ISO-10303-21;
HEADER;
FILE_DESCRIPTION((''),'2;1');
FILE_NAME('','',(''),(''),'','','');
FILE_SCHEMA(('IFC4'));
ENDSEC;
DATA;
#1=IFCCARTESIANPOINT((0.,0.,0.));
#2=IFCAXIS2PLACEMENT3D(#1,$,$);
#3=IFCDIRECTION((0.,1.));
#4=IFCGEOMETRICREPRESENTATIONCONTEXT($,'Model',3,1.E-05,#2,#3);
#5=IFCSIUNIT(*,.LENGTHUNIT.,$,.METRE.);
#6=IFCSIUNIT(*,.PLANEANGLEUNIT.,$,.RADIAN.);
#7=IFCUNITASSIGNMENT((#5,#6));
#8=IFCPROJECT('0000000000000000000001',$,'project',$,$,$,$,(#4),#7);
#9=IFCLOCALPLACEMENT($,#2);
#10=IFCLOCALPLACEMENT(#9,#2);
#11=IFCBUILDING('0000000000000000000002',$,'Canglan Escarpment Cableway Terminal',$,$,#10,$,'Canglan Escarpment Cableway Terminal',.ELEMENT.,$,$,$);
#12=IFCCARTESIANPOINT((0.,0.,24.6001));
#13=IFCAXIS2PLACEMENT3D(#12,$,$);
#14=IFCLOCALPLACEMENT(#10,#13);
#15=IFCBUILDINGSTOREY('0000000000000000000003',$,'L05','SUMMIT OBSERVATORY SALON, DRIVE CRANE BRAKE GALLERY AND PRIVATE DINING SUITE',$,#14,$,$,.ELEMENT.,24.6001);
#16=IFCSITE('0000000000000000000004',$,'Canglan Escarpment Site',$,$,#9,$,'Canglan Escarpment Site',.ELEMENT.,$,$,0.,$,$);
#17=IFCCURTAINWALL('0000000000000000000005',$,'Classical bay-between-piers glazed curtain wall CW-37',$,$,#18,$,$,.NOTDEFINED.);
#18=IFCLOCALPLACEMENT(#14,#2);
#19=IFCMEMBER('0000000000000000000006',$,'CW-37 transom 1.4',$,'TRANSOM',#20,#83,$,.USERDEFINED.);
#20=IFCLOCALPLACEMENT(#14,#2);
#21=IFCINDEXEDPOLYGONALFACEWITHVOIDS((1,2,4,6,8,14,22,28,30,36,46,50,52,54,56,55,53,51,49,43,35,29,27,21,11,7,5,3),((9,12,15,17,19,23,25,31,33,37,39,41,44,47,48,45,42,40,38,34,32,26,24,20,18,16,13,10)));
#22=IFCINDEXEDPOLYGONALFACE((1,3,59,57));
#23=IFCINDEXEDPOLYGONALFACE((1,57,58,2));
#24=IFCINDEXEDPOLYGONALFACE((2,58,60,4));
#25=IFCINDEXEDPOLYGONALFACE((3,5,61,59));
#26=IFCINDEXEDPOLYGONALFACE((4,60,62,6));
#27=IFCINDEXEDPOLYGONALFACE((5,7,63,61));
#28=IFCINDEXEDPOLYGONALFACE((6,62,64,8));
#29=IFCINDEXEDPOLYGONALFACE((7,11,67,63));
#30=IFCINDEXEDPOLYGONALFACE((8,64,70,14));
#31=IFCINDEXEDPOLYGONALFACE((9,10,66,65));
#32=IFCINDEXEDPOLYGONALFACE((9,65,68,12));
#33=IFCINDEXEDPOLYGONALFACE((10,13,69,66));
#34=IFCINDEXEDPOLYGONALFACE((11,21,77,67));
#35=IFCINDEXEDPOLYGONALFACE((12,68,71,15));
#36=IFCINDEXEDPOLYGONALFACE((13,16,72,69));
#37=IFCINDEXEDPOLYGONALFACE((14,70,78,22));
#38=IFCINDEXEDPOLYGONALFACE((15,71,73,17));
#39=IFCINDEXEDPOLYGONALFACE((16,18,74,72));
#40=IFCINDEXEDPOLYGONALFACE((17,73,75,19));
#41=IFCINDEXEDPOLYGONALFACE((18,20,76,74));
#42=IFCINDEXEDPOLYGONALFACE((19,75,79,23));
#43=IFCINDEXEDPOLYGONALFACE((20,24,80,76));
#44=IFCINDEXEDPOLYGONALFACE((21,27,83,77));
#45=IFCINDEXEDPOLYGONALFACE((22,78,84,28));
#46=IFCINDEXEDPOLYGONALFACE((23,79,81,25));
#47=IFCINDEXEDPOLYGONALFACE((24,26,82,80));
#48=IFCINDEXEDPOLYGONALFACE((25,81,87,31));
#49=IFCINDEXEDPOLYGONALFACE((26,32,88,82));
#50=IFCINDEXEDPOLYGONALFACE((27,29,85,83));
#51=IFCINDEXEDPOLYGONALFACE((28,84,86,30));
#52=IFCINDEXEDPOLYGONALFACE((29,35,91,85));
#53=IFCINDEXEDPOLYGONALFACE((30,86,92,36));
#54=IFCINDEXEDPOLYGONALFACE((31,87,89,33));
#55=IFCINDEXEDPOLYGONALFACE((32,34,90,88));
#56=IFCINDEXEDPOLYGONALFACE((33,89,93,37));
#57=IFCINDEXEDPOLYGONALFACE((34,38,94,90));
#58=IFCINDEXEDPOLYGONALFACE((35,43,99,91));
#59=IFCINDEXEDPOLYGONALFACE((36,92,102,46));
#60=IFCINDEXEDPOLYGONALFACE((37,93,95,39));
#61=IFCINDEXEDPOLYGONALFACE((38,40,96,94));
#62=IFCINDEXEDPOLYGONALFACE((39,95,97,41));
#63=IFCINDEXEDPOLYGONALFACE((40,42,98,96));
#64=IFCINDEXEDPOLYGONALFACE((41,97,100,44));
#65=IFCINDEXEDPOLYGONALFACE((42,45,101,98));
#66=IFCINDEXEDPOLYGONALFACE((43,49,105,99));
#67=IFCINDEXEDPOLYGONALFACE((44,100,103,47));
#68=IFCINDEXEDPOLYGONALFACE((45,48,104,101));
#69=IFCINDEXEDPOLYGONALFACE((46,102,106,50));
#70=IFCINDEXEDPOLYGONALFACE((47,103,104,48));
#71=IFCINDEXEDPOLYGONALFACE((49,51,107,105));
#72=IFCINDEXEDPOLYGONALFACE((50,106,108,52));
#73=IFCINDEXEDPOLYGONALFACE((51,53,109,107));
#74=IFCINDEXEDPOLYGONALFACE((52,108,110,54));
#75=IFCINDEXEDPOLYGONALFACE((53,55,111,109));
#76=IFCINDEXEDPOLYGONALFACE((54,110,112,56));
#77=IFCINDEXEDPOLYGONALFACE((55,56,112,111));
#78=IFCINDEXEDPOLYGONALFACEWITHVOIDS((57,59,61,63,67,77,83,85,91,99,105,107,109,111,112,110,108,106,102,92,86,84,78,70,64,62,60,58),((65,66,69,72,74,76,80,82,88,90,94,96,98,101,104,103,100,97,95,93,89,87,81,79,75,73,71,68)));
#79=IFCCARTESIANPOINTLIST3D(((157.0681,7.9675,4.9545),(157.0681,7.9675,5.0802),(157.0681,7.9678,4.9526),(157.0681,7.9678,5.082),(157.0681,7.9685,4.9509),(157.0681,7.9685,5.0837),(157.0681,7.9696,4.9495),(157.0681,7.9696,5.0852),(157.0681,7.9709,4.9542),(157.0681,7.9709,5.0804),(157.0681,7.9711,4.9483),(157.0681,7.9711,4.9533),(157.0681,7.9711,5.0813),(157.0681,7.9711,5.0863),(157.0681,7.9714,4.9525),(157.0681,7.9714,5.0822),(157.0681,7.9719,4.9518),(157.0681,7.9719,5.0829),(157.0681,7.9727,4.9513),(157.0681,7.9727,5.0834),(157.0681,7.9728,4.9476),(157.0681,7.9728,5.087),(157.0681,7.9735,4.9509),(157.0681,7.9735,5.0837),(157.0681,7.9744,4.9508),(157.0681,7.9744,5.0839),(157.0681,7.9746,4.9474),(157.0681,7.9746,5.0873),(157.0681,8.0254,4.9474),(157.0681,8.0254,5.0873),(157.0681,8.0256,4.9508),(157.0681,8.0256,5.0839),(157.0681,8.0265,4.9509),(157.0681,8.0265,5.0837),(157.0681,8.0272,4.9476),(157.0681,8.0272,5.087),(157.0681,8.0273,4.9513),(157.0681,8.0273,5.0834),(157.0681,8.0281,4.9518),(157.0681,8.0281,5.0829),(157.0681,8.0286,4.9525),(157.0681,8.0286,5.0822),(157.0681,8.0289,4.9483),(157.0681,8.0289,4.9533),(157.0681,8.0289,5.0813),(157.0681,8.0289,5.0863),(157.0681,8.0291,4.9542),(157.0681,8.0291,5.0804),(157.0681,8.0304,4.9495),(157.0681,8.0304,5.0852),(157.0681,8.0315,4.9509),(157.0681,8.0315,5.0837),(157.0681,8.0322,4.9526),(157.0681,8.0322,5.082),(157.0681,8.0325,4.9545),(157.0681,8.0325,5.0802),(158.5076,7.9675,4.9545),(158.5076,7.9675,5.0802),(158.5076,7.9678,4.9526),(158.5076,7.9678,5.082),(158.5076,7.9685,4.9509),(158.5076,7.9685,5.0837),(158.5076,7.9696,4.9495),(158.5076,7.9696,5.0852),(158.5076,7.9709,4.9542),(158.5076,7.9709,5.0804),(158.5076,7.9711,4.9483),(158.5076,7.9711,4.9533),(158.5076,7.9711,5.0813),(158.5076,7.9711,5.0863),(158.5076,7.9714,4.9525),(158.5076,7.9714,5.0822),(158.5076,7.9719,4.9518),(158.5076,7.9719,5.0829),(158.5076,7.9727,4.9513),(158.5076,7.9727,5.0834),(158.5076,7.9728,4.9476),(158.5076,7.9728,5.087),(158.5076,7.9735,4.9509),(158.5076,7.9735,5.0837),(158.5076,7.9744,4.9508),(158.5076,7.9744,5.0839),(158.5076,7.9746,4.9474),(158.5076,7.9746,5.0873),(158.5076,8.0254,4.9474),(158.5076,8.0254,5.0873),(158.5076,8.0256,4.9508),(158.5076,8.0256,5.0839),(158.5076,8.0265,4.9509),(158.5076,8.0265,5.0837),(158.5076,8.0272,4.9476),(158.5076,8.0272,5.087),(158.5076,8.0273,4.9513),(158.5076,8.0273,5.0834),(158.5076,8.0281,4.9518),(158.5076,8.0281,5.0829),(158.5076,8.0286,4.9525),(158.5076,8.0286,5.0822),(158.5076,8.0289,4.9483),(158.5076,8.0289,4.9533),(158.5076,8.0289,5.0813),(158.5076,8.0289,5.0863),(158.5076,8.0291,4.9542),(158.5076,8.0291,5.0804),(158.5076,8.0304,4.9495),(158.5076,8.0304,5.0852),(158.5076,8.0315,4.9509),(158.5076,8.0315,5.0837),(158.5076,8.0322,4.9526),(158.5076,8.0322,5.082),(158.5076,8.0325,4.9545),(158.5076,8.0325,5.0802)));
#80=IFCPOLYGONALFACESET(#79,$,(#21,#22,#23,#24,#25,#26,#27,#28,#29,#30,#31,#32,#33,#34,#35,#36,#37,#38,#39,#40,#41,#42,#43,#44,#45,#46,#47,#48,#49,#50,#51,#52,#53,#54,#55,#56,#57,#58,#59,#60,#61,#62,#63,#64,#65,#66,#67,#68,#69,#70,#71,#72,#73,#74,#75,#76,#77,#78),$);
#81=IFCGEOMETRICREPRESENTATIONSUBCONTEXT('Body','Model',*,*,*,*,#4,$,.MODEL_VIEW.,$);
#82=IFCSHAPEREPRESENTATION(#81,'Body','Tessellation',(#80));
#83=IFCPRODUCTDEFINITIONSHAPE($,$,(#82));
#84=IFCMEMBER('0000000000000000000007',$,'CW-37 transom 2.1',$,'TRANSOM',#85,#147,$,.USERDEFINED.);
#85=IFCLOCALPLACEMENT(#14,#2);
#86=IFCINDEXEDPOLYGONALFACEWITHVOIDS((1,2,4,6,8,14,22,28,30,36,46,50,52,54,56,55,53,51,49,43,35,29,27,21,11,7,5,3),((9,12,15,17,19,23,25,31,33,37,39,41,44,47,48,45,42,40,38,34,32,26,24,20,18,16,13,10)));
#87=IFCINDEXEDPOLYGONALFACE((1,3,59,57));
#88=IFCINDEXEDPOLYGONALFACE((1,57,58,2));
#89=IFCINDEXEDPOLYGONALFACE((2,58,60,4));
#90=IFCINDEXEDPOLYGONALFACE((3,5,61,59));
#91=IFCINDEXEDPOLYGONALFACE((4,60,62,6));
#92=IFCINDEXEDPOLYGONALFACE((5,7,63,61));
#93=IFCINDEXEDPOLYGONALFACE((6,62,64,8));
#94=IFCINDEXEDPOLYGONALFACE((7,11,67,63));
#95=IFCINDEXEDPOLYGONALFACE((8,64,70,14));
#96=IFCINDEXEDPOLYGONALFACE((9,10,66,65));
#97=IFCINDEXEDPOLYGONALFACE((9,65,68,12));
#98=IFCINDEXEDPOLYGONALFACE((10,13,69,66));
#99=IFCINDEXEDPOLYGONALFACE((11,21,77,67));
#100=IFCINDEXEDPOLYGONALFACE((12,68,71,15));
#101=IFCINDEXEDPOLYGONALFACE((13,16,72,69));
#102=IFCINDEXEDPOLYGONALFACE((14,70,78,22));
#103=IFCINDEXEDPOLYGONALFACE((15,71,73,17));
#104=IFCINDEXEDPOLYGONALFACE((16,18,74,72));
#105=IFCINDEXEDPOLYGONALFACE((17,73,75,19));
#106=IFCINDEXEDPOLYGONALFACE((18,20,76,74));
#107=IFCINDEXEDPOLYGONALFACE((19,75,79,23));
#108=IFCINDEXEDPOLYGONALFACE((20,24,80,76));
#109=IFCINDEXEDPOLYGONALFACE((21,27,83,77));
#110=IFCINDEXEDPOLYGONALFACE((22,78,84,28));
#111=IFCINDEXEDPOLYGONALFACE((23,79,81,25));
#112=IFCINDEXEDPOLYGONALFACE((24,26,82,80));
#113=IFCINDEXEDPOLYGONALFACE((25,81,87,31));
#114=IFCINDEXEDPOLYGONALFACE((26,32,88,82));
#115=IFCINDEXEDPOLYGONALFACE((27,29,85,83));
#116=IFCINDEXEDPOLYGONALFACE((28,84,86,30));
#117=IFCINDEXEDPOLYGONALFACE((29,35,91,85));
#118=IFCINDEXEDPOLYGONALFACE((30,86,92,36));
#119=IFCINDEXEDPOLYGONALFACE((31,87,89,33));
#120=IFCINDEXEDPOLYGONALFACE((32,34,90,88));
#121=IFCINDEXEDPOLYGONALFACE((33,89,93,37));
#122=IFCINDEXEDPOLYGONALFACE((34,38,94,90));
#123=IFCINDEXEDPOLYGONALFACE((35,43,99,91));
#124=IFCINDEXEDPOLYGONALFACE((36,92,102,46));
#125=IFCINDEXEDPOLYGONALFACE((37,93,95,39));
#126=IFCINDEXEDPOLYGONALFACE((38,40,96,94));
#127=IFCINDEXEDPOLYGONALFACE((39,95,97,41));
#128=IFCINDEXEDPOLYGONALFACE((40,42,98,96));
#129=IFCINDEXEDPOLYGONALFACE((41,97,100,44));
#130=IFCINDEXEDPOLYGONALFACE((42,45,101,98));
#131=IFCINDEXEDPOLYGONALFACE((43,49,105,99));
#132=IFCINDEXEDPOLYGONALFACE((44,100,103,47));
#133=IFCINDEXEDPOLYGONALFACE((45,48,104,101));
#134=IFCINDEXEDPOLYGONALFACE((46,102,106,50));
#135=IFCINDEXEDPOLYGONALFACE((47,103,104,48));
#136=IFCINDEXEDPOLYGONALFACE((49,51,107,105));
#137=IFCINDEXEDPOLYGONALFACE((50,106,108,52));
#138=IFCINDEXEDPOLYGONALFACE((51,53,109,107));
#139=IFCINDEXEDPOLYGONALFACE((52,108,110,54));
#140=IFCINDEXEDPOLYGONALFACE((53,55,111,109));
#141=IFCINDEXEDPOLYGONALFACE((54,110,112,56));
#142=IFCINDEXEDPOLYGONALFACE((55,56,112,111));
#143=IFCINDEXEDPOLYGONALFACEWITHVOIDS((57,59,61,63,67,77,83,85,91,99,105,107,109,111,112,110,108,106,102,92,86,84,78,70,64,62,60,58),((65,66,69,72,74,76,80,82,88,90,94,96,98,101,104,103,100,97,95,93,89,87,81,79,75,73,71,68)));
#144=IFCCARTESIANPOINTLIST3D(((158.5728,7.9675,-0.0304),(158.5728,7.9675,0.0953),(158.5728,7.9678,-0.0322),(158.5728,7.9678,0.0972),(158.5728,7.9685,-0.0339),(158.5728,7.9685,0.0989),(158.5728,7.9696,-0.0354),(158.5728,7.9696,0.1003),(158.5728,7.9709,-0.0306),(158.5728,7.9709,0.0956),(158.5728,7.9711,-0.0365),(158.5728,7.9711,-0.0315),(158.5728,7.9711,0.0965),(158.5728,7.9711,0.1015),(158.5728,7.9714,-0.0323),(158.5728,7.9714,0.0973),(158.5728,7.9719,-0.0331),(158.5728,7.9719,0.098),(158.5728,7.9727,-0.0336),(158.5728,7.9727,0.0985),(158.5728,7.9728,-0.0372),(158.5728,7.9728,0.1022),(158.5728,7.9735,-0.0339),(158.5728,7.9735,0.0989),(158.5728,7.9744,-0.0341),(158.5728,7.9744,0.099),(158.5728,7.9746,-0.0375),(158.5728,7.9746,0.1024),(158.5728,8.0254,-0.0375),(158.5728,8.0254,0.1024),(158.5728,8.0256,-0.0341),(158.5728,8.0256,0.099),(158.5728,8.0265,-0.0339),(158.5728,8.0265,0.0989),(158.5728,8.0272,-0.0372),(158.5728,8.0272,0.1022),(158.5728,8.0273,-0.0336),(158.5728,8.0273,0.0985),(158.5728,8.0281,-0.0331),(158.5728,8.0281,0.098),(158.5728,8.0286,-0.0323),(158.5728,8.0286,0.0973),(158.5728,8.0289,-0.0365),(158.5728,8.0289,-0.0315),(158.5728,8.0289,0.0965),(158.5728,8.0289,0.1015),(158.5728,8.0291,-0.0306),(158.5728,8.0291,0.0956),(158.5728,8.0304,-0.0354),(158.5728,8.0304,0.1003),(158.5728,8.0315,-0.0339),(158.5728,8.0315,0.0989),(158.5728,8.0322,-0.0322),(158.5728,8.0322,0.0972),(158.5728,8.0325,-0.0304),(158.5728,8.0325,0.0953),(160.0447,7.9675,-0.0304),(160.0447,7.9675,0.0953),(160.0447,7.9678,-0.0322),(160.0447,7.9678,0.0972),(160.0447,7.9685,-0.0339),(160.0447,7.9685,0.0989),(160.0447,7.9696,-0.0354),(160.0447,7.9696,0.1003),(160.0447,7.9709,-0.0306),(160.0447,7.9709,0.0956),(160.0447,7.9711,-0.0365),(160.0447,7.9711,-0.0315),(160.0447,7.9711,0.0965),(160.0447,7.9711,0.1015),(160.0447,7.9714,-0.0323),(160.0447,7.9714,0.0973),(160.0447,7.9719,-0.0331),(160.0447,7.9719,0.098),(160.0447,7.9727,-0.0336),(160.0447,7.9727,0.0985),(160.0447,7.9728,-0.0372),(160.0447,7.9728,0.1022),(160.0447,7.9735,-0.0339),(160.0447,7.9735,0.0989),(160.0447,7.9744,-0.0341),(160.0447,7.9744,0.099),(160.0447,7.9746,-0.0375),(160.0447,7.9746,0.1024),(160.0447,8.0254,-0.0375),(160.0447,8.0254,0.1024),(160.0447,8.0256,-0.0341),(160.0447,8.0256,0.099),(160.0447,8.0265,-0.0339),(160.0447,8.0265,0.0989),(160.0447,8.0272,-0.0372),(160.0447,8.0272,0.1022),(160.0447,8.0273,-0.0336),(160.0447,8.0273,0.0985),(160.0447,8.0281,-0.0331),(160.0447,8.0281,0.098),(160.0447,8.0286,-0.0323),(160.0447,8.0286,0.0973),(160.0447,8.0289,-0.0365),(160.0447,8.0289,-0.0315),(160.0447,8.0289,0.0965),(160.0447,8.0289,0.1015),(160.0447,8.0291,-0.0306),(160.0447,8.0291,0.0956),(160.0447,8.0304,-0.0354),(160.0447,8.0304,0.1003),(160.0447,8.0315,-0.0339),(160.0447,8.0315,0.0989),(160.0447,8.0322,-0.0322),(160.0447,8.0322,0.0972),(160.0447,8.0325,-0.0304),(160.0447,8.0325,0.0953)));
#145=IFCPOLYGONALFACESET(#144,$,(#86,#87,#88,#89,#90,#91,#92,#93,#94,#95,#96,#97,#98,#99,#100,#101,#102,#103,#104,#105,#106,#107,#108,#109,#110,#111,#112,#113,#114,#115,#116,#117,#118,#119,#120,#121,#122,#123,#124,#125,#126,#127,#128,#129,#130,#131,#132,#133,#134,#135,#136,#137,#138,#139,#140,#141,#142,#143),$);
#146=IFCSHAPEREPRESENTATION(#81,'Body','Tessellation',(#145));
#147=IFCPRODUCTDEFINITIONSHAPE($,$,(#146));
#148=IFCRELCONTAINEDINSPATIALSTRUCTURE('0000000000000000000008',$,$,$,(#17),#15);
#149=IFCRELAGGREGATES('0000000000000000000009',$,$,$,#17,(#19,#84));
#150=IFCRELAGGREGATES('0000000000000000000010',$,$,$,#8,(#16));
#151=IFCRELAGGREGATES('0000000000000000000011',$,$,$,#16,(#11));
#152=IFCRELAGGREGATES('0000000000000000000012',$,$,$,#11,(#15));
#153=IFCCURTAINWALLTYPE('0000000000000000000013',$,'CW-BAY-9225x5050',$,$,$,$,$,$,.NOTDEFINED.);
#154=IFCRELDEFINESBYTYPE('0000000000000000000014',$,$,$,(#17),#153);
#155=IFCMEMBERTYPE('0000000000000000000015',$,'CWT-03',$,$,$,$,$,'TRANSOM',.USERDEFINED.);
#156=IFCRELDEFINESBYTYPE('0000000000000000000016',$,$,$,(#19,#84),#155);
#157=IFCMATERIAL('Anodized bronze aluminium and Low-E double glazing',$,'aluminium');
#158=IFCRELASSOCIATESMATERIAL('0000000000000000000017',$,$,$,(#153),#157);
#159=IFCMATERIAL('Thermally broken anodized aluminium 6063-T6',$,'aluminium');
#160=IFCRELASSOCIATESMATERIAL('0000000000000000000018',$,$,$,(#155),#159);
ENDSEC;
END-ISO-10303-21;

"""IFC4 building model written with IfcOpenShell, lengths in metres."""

from ifc_helpers import new_model, si_unit, direction, frame, origin, origin_2d, place, context, subcontext, project, spatial, hollow_rectangle, extrude, material, material_profile, profile_set, type_object, element, aggregate, save


model = new_model("IFC4")

# Units and contexts
model_context = context("Model", 3, precision=1e-05, world=origin(), true_north=direction((0.0, 1.0)))
body_context = subcontext(model_context, "Body", "Model", "MODEL_VIEW")
ifc_project = project(units=[si_unit("LENGTHUNIT", "METRE"), si_unit("PLANEANGLEUNIT", "RADIAN")], contexts=[model_context])

# Site, building, storey
site_placement = place(None, origin())
site = spatial("IfcSite", under=ifc_project, at=site_placement, Name="Canglan Escarpment Site", LongName="Canglan Escarpment Site", CompositionType="ELEMENT", RefElevation=0.0)
building_placement = place(site_placement, origin())
building = spatial("IfcBuilding", under=site, at=building_placement, Name="Canglan Escarpment Cableway Terminal", LongName="Canglan Escarpment Cableway Terminal", CompositionType="ELEMENT")
storey_placement = place(building_placement, frame((0.0, 0.0, 24.6001)))
storey = spatial("IfcBuildingStorey", under=building, at=storey_placement, Name="L05", Description="SUMMIT OBSERVATORY SALON, DRIVE CRANE BRAKE GALLERY AND PRIVATE DINING SUITE", CompositionType="ELEMENT", Elevation=24.6001)

# Curtain wall
ifc_material_1 = material(Name="Anodized bronze aluminium and Low-E double glazing", Category="aluminium")
curtain_wall_type = type_object("IfcCurtainWallType", Name="CW-BAY-9225x5050", PredefinedType="NOTDEFINED", material=ifc_material_1)
ifc_material_2 = material(Name="Thermally broken anodized aluminium 6063-T6", Category="aluminium")
curtain_wall_1_placement = place(storey_placement, origin())
curtain_wall_1 = element("IfcCurtainWall", 1, at=curtain_wall_1_placement, inside=storey, type_object=curtain_wall_type, Name="Classical bay-between-piers glazed curtain wall CW-37", PredefinedType="NOTDEFINED")

# Members
ifc_material_profile_1 = material_profile(ifc_material_2, hollow_rectangle(XDim=0.0649, YDim=0.1399, WallThickness=0.0034, InnerFilletRadius=0.0034, OuterFilletRadius=0.0071, at=origin_2d()), Name="ALU-TRAN 65x140x3.5")
ifc_profile_set_1 = profile_set([ifc_material_profile_1], Name="Thermally broken anodized aluminium 6063-T6")
member_type_1 = type_object("IfcMemberType", Name="CWT-03", ElementType="TRANSOM", PredefinedType="USERDEFINED", material=ifc_profile_set_1)
member_1_placement = place(storey_placement, frame((157.0681, 8.0, 5.0173), z_axis=(1.0, 0.0, 0.0), x_axis=(0.0, 1.0, 0.0)))
member_1 = element("IfcMember", 2, at=member_1_placement, type_object=member_type_1, Name="CW-37 transom 1.4", ObjectType="TRANSOM", PredefinedType="USERDEFINED", context=body_context, shape_type="SweptSolid", body=[
    extrude(hollow_rectangle(XDim=0.0649, YDim=0.1399, WallThickness=0.0034, InnerFilletRadius=0.0034, OuterFilletRadius=0.0071, at=origin_2d()), origin(), (0.0, 0.0, 1.0), 1.4395),
])
member_2_placement = place(storey_placement, frame((158.5728, 8.0, 0.0325), z_axis=(1.0, 0.0, 0.0), x_axis=(0.0, 1.0, 0.0)))
member_2 = element("IfcMember", 3, at=member_2_placement, type_object=member_type_1, Name="CW-37 transom 2.1", ObjectType="TRANSOM", PredefinedType="USERDEFINED", context=body_context, shape_type="SweptSolid", body=[
    extrude(hollow_rectangle(XDim=0.0649, YDim=0.1399, WallThickness=0.0034, InnerFilletRadius=0.0034, OuterFilletRadius=0.0071, at=origin_2d()), origin(), (0.0, 0.0, 1.0), 1.4719),
])

aggregate(curtain_wall_1, [member_1, member_2])

save(model, "model.ifc")
